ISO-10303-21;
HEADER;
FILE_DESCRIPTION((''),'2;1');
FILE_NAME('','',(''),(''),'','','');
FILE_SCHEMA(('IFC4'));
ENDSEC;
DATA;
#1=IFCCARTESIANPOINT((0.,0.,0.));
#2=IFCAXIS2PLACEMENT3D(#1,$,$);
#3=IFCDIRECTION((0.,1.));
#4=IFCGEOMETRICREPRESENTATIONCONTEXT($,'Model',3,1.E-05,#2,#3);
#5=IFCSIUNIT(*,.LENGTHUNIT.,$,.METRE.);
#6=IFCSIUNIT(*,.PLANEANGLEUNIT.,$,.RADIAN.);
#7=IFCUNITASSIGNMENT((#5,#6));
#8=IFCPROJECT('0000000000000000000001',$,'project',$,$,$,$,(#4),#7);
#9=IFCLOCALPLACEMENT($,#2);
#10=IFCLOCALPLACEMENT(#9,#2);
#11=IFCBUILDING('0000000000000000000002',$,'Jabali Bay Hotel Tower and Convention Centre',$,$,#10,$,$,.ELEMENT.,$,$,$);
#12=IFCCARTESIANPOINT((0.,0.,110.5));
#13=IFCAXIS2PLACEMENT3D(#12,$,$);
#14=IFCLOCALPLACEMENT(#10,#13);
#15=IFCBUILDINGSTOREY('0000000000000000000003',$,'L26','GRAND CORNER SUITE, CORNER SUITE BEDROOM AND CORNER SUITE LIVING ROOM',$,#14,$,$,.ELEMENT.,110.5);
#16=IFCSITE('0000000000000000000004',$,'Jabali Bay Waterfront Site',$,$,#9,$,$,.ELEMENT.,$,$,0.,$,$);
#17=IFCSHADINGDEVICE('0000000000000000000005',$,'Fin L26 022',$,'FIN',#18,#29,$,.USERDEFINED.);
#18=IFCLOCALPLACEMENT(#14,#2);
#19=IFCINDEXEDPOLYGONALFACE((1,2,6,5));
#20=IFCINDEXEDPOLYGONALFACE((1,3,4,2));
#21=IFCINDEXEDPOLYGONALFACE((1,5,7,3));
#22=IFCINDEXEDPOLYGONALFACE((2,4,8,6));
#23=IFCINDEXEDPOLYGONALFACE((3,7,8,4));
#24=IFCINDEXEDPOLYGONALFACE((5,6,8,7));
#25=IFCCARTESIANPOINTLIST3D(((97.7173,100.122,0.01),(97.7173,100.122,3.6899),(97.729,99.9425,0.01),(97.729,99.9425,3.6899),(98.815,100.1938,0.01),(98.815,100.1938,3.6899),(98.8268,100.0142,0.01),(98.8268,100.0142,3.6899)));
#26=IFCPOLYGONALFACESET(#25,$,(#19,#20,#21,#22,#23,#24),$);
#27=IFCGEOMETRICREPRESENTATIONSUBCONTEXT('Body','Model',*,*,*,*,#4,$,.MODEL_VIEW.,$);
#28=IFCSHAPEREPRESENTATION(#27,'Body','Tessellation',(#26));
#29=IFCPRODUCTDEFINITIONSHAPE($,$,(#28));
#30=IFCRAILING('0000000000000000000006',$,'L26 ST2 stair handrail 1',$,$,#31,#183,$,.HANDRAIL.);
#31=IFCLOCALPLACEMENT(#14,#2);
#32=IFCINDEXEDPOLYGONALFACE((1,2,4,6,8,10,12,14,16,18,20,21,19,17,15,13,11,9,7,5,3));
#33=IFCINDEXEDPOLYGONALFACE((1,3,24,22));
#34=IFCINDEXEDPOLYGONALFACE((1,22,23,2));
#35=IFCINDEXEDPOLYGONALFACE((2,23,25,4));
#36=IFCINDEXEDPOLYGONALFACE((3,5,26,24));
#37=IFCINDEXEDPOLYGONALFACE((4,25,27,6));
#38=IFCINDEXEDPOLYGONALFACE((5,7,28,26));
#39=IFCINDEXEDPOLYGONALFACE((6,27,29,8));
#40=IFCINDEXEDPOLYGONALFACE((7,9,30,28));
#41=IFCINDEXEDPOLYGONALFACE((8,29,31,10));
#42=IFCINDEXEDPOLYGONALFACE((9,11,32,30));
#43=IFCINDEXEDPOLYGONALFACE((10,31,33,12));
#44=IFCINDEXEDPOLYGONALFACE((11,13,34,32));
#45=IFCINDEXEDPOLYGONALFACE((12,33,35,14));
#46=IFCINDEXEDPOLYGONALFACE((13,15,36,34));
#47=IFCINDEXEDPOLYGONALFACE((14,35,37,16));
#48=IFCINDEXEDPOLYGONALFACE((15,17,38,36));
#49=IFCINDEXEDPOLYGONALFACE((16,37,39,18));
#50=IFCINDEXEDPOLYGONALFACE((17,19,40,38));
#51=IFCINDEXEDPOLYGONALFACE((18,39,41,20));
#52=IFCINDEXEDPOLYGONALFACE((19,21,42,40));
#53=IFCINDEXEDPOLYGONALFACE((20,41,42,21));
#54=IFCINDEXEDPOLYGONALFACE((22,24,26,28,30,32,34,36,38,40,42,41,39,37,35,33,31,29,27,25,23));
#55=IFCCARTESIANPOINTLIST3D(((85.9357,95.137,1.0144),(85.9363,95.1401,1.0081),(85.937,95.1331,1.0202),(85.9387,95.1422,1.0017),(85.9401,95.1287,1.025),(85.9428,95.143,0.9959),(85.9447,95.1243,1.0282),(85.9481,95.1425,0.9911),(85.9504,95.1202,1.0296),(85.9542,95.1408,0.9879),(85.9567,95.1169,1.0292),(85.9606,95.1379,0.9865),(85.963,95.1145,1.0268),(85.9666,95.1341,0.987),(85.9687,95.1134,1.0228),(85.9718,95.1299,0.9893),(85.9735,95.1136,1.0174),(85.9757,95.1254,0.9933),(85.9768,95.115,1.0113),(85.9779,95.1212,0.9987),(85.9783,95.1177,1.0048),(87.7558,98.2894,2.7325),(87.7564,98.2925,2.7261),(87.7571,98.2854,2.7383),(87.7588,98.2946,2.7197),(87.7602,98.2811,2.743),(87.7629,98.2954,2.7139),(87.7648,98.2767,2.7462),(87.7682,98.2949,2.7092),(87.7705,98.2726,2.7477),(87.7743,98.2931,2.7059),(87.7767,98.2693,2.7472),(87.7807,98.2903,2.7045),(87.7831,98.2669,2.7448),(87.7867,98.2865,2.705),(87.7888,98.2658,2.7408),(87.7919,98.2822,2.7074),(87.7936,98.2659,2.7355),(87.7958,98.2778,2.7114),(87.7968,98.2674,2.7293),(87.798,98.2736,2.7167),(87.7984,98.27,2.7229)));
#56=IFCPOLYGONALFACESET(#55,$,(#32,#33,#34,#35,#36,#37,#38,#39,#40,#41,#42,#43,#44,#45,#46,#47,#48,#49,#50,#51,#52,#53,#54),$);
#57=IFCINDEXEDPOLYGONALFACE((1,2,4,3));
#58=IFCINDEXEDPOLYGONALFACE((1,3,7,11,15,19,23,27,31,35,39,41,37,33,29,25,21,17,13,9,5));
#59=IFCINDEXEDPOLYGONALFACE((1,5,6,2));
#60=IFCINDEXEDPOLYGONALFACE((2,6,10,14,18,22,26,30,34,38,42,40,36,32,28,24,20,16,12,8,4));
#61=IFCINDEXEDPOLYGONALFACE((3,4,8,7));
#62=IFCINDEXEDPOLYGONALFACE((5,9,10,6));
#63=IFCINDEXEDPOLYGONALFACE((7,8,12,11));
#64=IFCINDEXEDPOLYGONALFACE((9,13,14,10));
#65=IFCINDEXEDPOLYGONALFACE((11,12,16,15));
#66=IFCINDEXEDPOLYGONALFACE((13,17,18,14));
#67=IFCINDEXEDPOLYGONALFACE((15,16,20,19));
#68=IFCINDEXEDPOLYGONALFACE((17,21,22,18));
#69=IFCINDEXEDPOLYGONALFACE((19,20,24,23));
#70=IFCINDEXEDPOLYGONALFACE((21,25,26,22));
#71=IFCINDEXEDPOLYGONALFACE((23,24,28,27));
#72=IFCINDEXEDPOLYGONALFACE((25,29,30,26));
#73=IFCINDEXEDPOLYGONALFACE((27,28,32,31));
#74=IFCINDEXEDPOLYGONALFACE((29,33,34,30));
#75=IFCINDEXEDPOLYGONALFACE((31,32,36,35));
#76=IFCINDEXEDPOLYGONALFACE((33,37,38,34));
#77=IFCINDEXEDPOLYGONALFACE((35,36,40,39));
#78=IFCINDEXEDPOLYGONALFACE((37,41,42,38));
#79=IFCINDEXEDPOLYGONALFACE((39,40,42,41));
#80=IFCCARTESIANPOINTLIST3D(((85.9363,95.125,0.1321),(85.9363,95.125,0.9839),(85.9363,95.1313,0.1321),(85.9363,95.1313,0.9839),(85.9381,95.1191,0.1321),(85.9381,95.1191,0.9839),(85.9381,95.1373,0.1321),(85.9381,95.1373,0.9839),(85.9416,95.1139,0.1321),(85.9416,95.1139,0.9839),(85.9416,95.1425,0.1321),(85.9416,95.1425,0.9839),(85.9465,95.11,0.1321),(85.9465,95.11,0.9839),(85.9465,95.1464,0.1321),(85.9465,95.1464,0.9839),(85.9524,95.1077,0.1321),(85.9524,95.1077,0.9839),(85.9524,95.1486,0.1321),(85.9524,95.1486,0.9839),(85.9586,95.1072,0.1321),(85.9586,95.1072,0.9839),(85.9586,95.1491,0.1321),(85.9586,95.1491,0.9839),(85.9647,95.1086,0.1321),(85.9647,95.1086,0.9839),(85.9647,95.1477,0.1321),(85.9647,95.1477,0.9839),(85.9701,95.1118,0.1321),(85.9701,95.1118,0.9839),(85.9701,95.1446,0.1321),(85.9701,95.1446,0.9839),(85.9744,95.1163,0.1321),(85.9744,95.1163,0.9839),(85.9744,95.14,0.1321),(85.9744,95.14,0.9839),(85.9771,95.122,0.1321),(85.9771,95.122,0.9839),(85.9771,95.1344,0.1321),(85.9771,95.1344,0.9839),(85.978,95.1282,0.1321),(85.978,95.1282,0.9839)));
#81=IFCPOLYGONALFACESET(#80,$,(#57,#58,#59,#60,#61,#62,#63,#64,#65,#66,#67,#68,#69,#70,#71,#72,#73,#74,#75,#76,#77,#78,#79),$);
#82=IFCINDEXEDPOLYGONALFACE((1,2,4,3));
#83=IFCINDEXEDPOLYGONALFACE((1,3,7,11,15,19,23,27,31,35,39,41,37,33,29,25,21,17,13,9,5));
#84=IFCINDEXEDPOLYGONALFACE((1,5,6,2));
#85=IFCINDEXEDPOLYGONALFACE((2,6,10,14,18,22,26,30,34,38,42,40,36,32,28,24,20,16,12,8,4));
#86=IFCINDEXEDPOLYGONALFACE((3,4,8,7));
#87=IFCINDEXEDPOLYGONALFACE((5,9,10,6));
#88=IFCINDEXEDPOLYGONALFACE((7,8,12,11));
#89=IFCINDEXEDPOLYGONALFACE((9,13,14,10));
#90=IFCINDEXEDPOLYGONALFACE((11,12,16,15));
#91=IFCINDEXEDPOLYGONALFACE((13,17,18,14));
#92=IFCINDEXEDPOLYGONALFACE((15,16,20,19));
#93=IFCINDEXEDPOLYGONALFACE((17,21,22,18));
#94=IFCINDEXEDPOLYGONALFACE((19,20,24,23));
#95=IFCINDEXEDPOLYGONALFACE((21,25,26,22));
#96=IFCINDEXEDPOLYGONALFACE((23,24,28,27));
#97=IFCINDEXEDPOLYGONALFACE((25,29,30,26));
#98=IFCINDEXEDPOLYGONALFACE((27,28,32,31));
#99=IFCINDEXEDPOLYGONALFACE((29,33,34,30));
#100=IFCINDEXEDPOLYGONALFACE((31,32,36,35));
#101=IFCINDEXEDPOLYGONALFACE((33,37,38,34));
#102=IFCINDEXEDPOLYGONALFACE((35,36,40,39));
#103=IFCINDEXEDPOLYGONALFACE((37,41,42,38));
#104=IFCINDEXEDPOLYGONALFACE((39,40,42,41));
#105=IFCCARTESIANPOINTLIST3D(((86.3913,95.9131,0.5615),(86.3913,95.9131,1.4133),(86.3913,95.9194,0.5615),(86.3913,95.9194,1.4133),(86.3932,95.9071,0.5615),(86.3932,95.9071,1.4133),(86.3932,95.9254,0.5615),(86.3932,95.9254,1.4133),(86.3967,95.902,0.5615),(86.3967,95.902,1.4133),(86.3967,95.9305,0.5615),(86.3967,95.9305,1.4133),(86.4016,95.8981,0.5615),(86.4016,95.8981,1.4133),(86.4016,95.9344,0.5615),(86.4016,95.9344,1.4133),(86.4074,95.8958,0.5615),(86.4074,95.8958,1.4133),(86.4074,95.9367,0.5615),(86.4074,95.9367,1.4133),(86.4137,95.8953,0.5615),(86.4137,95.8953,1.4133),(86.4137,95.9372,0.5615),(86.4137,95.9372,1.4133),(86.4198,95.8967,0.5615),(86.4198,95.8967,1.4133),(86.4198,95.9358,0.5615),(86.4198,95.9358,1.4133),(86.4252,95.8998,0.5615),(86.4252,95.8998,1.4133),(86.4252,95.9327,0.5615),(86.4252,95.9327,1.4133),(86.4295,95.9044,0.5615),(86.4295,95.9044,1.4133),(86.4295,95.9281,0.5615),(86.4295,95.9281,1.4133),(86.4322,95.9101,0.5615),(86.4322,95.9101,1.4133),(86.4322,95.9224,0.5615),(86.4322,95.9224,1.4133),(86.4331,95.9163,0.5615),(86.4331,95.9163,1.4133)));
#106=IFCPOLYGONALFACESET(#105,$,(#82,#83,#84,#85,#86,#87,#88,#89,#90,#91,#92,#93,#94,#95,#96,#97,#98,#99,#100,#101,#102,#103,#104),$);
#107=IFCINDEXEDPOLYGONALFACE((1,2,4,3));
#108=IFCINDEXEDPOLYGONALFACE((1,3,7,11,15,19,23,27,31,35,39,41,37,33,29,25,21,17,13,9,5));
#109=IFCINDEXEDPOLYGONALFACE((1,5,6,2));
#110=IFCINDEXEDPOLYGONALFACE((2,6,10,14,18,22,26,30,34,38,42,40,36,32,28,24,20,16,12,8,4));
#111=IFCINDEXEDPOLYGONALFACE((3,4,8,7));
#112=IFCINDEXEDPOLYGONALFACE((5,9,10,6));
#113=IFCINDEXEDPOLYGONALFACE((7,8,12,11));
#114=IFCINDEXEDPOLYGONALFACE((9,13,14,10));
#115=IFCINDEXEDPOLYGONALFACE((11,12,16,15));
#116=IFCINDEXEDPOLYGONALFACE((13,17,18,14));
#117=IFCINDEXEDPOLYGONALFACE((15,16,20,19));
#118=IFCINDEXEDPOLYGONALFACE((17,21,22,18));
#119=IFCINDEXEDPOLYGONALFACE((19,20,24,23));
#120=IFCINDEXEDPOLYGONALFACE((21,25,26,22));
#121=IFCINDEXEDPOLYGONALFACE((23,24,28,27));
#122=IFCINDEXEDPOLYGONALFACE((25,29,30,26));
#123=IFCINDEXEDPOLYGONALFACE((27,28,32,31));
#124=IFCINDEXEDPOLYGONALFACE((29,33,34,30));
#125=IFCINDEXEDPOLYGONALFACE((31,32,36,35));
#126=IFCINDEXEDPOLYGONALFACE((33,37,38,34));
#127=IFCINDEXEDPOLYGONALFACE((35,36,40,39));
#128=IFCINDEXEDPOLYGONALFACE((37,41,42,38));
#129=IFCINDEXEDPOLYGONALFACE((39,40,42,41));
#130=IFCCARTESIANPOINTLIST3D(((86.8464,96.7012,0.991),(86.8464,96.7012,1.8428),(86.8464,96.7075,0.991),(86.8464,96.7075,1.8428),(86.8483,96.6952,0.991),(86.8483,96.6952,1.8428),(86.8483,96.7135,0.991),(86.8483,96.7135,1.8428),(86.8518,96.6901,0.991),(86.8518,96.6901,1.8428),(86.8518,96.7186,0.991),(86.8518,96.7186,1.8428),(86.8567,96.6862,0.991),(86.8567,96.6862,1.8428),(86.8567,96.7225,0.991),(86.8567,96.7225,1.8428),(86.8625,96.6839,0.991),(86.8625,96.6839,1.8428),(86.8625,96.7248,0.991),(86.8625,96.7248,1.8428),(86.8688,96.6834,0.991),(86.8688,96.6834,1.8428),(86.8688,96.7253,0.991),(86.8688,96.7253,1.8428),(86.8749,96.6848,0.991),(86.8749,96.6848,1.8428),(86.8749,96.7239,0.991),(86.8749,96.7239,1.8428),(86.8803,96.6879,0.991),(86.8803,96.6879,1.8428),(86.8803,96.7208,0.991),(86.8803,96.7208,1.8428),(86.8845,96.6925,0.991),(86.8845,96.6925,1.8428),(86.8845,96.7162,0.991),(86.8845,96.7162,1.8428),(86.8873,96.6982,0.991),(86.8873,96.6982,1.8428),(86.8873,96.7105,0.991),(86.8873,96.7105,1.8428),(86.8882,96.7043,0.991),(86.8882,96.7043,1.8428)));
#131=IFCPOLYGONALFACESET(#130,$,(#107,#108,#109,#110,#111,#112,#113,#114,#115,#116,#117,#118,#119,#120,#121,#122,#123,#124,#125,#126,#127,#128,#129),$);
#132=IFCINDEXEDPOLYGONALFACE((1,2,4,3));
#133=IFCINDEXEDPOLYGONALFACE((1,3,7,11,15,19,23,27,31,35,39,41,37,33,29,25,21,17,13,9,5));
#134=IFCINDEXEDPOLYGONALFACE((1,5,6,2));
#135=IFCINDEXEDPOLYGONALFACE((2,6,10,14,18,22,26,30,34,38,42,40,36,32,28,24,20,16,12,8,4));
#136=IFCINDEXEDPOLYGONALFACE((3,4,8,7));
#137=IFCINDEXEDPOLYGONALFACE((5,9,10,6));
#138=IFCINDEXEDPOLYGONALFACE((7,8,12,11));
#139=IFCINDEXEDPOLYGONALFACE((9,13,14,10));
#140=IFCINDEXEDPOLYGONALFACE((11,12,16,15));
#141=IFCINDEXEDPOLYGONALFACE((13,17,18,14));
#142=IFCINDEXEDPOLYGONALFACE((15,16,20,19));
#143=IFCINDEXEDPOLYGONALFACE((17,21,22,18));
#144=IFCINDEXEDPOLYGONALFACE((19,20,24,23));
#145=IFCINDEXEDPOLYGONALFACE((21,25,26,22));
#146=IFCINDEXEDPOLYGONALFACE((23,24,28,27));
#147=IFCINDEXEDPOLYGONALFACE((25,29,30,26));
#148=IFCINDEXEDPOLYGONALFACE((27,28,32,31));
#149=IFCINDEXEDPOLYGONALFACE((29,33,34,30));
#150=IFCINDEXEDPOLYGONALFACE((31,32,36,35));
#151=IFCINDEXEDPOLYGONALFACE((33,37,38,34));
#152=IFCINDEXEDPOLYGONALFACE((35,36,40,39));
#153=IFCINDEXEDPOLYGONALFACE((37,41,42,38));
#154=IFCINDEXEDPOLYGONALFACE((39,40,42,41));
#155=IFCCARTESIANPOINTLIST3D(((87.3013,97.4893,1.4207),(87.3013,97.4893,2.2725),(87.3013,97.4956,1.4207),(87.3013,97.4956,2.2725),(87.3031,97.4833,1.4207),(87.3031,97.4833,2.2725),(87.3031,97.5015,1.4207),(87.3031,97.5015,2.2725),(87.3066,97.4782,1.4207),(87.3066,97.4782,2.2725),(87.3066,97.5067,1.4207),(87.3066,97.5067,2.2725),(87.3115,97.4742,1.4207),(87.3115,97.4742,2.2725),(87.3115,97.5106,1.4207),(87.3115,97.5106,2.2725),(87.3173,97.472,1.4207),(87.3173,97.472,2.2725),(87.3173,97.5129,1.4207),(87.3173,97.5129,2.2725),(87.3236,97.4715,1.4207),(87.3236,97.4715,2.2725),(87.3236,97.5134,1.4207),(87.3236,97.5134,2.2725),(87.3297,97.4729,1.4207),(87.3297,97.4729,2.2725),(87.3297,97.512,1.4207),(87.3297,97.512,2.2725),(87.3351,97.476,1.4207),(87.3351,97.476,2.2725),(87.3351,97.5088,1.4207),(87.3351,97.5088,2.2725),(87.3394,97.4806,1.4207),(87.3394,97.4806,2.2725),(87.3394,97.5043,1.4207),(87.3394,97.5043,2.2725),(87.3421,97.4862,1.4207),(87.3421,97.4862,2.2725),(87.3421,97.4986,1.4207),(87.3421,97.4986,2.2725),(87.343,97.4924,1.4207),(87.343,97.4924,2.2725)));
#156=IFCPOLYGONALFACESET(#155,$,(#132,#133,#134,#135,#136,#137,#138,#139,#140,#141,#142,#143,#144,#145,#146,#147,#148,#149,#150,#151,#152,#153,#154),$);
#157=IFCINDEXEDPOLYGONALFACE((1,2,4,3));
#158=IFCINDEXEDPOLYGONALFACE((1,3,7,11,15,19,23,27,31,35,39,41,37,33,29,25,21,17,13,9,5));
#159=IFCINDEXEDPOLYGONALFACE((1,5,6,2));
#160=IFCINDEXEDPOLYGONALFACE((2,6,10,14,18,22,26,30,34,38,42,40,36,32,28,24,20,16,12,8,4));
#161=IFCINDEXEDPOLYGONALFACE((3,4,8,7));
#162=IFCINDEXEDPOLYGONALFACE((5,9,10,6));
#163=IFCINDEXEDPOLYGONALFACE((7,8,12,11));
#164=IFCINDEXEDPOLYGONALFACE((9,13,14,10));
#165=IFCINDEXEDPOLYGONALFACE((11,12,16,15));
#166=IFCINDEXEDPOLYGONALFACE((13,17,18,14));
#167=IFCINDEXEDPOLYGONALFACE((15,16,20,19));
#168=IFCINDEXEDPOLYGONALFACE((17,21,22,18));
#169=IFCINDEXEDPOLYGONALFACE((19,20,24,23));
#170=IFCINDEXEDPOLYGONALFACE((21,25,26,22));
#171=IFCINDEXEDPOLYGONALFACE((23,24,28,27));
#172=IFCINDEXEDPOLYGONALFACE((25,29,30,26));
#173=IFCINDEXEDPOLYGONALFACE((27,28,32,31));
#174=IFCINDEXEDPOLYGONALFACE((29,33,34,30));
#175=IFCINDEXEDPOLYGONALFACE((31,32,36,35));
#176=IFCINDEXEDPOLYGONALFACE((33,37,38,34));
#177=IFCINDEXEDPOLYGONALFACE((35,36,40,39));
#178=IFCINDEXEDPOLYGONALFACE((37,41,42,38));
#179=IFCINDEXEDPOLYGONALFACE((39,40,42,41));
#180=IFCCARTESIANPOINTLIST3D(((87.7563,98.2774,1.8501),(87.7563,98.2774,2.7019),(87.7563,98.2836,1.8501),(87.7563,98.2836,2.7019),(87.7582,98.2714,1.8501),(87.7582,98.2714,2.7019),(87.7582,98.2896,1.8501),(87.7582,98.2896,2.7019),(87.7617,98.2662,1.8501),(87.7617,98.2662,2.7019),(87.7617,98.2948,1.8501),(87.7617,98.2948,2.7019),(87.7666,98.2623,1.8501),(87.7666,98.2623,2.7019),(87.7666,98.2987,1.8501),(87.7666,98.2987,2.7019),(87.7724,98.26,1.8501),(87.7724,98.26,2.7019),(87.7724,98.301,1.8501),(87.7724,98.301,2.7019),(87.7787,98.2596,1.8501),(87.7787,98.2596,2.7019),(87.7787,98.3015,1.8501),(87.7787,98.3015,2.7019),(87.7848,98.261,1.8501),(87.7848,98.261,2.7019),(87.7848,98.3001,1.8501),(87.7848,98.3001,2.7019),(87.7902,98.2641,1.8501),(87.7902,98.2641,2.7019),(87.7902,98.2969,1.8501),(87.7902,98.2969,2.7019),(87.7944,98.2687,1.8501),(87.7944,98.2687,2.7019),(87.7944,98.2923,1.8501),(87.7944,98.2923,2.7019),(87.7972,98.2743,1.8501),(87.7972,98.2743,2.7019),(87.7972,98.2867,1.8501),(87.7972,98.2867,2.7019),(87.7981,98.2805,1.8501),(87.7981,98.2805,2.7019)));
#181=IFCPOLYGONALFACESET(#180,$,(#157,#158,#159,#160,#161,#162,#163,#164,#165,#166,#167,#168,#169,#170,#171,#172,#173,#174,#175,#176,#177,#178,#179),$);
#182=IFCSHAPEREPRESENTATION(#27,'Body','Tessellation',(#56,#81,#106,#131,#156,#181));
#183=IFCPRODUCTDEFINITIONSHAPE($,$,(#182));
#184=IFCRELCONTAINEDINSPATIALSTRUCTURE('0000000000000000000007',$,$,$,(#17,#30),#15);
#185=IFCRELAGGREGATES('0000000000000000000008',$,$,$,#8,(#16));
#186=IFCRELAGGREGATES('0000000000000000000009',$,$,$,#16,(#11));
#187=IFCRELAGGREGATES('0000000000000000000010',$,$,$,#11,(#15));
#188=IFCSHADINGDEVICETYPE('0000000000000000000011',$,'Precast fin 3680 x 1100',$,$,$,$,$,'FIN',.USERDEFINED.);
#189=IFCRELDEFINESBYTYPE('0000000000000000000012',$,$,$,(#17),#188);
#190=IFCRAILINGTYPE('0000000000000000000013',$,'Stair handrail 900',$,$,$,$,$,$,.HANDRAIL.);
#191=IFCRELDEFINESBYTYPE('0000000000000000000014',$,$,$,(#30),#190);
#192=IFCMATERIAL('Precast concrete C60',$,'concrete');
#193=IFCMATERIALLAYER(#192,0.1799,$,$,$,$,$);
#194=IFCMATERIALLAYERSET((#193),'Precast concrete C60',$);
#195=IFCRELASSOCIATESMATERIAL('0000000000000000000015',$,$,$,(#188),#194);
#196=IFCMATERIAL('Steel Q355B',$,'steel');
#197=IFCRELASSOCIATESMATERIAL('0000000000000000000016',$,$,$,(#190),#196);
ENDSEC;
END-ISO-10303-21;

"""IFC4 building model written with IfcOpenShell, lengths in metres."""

from ifc_helpers import new_model, si_unit, direction, frame, frame_2d, origin, origin_2d, place, context, subcontext, project, spatial, rectangle, circle, extrude, material, layer, layer_set, type_object, element, save


model = new_model("IFC4")

# Units and contexts
model_context = context("Model", 3, precision=1e-05, world=origin(), true_north=direction((0.0, 1.0)))
body_context = subcontext(model_context, "Body", "Model", "MODEL_VIEW")
ifc_project = project(units=[si_unit("LENGTHUNIT", "METRE"), si_unit("PLANEANGLEUNIT", "RADIAN")], contexts=[model_context])

# Site, building, storey
site_placement = place(None, origin())
site = spatial("IfcSite", under=ifc_project, at=site_placement, Name="Jabali Bay Waterfront Site", CompositionType="ELEMENT", RefElevation=0.0)
building_placement = place(site_placement, origin())
building = spatial("IfcBuilding", under=site, at=building_placement, Name="Jabali Bay Hotel Tower and Convention Centre", CompositionType="ELEMENT")
storey_placement = place(building_placement, frame((0.0, 0.0, 110.5)))
storey = spatial("IfcBuildingStorey", under=building, at=storey_placement, Name="L26", Description="GRAND CORNER SUITE, CORNER SUITE BEDROOM AND CORNER SUITE LIVING ROOM", CompositionType="ELEMENT", Elevation=110.5)

# Shading device
ifc_material_1 = material(Name="Precast concrete C60", Category="concrete")
ifc_layer_1 = layer(ifc_material_1, 0.1799)
ifc_layer_set_1 = layer_set([ifc_layer_1], Name="Precast concrete C60")
shading_device_type = type_object("IfcShadingDeviceType", Name="Precast fin 3680 x 1100", ElementType="FIN", PredefinedType="USERDEFINED", material=ifc_layer_set_1)
shading_device_1_placement = place(storey_placement, frame((97.7231, 100.0322, 0.01), z_axis=(0.0, 0.0, 1.0), x_axis=(0.997869, 0.065252, 0.0)))
element("IfcShadingDevice", 1, at=shading_device_1_placement, inside=storey, type_object=shading_device_type, Name="Fin L26 022", ObjectType="FIN", PredefinedType="USERDEFINED", context=body_context, shape_type="SweptSolid", body=[
    extrude(rectangle(XDim=1.1001, YDim=0.1799, at=frame_2d((0.55, 0.0))), origin(), (0.0, 0.0, 1.0), 3.6799),
])

# Railing
ifc_material_2 = material(Name="Steel Q355B", Category="steel")
railing_type_1 = type_object("IfcRailingType", Name="Stair handrail 900", PredefinedType="HANDRAIL", material=ifc_material_2)
railing_1_placement = place(storey_placement, frame((85.957, 95.1282, 0.1321)))
element("IfcRailing", 2, at=railing_1_placement, inside=storey, type_object=railing_type_1, Name="L26 ST2 stair handrail 1", PredefinedType="HANDRAIL", context=body_context, shape_type="SweptSolid", body=[
    extrude(circle(Radius=0.0239, at=origin_2d()), frame((0.0, 0.0, 0.876), z_axis=(0.452179, 0.78317, 0.426825), x_axis=(-0.866018, 0.500013, 0.0)), (0.0, 0.0, 1.0), 4.0251),
    extrude(circle(Radius=0.021, at=origin_2d()), origin(), (0.0, 0.0, 1.0), 0.8518),
    extrude(circle(Radius=0.021, at=origin_2d()), frame((0.4551, 0.7881, 0.4294)), (0.0, 0.0, 1.0), 0.8518),
    extrude(circle(Radius=0.021, at=origin_2d()), frame((0.9102, 1.5762, 0.8589)), (0.0, 0.0, 1.0), 0.8518),
    extrude(circle(Radius=0.021, at=origin_2d()), frame((1.365, 2.3643, 1.2886)), (0.0, 0.0, 1.0), 0.8518),
    extrude(circle(Radius=0.021, at=origin_2d()), frame((1.8201, 3.1523, 1.718)), (0.0, 0.0, 1.0), 0.8518),
])

save(model, "model.ifc")
